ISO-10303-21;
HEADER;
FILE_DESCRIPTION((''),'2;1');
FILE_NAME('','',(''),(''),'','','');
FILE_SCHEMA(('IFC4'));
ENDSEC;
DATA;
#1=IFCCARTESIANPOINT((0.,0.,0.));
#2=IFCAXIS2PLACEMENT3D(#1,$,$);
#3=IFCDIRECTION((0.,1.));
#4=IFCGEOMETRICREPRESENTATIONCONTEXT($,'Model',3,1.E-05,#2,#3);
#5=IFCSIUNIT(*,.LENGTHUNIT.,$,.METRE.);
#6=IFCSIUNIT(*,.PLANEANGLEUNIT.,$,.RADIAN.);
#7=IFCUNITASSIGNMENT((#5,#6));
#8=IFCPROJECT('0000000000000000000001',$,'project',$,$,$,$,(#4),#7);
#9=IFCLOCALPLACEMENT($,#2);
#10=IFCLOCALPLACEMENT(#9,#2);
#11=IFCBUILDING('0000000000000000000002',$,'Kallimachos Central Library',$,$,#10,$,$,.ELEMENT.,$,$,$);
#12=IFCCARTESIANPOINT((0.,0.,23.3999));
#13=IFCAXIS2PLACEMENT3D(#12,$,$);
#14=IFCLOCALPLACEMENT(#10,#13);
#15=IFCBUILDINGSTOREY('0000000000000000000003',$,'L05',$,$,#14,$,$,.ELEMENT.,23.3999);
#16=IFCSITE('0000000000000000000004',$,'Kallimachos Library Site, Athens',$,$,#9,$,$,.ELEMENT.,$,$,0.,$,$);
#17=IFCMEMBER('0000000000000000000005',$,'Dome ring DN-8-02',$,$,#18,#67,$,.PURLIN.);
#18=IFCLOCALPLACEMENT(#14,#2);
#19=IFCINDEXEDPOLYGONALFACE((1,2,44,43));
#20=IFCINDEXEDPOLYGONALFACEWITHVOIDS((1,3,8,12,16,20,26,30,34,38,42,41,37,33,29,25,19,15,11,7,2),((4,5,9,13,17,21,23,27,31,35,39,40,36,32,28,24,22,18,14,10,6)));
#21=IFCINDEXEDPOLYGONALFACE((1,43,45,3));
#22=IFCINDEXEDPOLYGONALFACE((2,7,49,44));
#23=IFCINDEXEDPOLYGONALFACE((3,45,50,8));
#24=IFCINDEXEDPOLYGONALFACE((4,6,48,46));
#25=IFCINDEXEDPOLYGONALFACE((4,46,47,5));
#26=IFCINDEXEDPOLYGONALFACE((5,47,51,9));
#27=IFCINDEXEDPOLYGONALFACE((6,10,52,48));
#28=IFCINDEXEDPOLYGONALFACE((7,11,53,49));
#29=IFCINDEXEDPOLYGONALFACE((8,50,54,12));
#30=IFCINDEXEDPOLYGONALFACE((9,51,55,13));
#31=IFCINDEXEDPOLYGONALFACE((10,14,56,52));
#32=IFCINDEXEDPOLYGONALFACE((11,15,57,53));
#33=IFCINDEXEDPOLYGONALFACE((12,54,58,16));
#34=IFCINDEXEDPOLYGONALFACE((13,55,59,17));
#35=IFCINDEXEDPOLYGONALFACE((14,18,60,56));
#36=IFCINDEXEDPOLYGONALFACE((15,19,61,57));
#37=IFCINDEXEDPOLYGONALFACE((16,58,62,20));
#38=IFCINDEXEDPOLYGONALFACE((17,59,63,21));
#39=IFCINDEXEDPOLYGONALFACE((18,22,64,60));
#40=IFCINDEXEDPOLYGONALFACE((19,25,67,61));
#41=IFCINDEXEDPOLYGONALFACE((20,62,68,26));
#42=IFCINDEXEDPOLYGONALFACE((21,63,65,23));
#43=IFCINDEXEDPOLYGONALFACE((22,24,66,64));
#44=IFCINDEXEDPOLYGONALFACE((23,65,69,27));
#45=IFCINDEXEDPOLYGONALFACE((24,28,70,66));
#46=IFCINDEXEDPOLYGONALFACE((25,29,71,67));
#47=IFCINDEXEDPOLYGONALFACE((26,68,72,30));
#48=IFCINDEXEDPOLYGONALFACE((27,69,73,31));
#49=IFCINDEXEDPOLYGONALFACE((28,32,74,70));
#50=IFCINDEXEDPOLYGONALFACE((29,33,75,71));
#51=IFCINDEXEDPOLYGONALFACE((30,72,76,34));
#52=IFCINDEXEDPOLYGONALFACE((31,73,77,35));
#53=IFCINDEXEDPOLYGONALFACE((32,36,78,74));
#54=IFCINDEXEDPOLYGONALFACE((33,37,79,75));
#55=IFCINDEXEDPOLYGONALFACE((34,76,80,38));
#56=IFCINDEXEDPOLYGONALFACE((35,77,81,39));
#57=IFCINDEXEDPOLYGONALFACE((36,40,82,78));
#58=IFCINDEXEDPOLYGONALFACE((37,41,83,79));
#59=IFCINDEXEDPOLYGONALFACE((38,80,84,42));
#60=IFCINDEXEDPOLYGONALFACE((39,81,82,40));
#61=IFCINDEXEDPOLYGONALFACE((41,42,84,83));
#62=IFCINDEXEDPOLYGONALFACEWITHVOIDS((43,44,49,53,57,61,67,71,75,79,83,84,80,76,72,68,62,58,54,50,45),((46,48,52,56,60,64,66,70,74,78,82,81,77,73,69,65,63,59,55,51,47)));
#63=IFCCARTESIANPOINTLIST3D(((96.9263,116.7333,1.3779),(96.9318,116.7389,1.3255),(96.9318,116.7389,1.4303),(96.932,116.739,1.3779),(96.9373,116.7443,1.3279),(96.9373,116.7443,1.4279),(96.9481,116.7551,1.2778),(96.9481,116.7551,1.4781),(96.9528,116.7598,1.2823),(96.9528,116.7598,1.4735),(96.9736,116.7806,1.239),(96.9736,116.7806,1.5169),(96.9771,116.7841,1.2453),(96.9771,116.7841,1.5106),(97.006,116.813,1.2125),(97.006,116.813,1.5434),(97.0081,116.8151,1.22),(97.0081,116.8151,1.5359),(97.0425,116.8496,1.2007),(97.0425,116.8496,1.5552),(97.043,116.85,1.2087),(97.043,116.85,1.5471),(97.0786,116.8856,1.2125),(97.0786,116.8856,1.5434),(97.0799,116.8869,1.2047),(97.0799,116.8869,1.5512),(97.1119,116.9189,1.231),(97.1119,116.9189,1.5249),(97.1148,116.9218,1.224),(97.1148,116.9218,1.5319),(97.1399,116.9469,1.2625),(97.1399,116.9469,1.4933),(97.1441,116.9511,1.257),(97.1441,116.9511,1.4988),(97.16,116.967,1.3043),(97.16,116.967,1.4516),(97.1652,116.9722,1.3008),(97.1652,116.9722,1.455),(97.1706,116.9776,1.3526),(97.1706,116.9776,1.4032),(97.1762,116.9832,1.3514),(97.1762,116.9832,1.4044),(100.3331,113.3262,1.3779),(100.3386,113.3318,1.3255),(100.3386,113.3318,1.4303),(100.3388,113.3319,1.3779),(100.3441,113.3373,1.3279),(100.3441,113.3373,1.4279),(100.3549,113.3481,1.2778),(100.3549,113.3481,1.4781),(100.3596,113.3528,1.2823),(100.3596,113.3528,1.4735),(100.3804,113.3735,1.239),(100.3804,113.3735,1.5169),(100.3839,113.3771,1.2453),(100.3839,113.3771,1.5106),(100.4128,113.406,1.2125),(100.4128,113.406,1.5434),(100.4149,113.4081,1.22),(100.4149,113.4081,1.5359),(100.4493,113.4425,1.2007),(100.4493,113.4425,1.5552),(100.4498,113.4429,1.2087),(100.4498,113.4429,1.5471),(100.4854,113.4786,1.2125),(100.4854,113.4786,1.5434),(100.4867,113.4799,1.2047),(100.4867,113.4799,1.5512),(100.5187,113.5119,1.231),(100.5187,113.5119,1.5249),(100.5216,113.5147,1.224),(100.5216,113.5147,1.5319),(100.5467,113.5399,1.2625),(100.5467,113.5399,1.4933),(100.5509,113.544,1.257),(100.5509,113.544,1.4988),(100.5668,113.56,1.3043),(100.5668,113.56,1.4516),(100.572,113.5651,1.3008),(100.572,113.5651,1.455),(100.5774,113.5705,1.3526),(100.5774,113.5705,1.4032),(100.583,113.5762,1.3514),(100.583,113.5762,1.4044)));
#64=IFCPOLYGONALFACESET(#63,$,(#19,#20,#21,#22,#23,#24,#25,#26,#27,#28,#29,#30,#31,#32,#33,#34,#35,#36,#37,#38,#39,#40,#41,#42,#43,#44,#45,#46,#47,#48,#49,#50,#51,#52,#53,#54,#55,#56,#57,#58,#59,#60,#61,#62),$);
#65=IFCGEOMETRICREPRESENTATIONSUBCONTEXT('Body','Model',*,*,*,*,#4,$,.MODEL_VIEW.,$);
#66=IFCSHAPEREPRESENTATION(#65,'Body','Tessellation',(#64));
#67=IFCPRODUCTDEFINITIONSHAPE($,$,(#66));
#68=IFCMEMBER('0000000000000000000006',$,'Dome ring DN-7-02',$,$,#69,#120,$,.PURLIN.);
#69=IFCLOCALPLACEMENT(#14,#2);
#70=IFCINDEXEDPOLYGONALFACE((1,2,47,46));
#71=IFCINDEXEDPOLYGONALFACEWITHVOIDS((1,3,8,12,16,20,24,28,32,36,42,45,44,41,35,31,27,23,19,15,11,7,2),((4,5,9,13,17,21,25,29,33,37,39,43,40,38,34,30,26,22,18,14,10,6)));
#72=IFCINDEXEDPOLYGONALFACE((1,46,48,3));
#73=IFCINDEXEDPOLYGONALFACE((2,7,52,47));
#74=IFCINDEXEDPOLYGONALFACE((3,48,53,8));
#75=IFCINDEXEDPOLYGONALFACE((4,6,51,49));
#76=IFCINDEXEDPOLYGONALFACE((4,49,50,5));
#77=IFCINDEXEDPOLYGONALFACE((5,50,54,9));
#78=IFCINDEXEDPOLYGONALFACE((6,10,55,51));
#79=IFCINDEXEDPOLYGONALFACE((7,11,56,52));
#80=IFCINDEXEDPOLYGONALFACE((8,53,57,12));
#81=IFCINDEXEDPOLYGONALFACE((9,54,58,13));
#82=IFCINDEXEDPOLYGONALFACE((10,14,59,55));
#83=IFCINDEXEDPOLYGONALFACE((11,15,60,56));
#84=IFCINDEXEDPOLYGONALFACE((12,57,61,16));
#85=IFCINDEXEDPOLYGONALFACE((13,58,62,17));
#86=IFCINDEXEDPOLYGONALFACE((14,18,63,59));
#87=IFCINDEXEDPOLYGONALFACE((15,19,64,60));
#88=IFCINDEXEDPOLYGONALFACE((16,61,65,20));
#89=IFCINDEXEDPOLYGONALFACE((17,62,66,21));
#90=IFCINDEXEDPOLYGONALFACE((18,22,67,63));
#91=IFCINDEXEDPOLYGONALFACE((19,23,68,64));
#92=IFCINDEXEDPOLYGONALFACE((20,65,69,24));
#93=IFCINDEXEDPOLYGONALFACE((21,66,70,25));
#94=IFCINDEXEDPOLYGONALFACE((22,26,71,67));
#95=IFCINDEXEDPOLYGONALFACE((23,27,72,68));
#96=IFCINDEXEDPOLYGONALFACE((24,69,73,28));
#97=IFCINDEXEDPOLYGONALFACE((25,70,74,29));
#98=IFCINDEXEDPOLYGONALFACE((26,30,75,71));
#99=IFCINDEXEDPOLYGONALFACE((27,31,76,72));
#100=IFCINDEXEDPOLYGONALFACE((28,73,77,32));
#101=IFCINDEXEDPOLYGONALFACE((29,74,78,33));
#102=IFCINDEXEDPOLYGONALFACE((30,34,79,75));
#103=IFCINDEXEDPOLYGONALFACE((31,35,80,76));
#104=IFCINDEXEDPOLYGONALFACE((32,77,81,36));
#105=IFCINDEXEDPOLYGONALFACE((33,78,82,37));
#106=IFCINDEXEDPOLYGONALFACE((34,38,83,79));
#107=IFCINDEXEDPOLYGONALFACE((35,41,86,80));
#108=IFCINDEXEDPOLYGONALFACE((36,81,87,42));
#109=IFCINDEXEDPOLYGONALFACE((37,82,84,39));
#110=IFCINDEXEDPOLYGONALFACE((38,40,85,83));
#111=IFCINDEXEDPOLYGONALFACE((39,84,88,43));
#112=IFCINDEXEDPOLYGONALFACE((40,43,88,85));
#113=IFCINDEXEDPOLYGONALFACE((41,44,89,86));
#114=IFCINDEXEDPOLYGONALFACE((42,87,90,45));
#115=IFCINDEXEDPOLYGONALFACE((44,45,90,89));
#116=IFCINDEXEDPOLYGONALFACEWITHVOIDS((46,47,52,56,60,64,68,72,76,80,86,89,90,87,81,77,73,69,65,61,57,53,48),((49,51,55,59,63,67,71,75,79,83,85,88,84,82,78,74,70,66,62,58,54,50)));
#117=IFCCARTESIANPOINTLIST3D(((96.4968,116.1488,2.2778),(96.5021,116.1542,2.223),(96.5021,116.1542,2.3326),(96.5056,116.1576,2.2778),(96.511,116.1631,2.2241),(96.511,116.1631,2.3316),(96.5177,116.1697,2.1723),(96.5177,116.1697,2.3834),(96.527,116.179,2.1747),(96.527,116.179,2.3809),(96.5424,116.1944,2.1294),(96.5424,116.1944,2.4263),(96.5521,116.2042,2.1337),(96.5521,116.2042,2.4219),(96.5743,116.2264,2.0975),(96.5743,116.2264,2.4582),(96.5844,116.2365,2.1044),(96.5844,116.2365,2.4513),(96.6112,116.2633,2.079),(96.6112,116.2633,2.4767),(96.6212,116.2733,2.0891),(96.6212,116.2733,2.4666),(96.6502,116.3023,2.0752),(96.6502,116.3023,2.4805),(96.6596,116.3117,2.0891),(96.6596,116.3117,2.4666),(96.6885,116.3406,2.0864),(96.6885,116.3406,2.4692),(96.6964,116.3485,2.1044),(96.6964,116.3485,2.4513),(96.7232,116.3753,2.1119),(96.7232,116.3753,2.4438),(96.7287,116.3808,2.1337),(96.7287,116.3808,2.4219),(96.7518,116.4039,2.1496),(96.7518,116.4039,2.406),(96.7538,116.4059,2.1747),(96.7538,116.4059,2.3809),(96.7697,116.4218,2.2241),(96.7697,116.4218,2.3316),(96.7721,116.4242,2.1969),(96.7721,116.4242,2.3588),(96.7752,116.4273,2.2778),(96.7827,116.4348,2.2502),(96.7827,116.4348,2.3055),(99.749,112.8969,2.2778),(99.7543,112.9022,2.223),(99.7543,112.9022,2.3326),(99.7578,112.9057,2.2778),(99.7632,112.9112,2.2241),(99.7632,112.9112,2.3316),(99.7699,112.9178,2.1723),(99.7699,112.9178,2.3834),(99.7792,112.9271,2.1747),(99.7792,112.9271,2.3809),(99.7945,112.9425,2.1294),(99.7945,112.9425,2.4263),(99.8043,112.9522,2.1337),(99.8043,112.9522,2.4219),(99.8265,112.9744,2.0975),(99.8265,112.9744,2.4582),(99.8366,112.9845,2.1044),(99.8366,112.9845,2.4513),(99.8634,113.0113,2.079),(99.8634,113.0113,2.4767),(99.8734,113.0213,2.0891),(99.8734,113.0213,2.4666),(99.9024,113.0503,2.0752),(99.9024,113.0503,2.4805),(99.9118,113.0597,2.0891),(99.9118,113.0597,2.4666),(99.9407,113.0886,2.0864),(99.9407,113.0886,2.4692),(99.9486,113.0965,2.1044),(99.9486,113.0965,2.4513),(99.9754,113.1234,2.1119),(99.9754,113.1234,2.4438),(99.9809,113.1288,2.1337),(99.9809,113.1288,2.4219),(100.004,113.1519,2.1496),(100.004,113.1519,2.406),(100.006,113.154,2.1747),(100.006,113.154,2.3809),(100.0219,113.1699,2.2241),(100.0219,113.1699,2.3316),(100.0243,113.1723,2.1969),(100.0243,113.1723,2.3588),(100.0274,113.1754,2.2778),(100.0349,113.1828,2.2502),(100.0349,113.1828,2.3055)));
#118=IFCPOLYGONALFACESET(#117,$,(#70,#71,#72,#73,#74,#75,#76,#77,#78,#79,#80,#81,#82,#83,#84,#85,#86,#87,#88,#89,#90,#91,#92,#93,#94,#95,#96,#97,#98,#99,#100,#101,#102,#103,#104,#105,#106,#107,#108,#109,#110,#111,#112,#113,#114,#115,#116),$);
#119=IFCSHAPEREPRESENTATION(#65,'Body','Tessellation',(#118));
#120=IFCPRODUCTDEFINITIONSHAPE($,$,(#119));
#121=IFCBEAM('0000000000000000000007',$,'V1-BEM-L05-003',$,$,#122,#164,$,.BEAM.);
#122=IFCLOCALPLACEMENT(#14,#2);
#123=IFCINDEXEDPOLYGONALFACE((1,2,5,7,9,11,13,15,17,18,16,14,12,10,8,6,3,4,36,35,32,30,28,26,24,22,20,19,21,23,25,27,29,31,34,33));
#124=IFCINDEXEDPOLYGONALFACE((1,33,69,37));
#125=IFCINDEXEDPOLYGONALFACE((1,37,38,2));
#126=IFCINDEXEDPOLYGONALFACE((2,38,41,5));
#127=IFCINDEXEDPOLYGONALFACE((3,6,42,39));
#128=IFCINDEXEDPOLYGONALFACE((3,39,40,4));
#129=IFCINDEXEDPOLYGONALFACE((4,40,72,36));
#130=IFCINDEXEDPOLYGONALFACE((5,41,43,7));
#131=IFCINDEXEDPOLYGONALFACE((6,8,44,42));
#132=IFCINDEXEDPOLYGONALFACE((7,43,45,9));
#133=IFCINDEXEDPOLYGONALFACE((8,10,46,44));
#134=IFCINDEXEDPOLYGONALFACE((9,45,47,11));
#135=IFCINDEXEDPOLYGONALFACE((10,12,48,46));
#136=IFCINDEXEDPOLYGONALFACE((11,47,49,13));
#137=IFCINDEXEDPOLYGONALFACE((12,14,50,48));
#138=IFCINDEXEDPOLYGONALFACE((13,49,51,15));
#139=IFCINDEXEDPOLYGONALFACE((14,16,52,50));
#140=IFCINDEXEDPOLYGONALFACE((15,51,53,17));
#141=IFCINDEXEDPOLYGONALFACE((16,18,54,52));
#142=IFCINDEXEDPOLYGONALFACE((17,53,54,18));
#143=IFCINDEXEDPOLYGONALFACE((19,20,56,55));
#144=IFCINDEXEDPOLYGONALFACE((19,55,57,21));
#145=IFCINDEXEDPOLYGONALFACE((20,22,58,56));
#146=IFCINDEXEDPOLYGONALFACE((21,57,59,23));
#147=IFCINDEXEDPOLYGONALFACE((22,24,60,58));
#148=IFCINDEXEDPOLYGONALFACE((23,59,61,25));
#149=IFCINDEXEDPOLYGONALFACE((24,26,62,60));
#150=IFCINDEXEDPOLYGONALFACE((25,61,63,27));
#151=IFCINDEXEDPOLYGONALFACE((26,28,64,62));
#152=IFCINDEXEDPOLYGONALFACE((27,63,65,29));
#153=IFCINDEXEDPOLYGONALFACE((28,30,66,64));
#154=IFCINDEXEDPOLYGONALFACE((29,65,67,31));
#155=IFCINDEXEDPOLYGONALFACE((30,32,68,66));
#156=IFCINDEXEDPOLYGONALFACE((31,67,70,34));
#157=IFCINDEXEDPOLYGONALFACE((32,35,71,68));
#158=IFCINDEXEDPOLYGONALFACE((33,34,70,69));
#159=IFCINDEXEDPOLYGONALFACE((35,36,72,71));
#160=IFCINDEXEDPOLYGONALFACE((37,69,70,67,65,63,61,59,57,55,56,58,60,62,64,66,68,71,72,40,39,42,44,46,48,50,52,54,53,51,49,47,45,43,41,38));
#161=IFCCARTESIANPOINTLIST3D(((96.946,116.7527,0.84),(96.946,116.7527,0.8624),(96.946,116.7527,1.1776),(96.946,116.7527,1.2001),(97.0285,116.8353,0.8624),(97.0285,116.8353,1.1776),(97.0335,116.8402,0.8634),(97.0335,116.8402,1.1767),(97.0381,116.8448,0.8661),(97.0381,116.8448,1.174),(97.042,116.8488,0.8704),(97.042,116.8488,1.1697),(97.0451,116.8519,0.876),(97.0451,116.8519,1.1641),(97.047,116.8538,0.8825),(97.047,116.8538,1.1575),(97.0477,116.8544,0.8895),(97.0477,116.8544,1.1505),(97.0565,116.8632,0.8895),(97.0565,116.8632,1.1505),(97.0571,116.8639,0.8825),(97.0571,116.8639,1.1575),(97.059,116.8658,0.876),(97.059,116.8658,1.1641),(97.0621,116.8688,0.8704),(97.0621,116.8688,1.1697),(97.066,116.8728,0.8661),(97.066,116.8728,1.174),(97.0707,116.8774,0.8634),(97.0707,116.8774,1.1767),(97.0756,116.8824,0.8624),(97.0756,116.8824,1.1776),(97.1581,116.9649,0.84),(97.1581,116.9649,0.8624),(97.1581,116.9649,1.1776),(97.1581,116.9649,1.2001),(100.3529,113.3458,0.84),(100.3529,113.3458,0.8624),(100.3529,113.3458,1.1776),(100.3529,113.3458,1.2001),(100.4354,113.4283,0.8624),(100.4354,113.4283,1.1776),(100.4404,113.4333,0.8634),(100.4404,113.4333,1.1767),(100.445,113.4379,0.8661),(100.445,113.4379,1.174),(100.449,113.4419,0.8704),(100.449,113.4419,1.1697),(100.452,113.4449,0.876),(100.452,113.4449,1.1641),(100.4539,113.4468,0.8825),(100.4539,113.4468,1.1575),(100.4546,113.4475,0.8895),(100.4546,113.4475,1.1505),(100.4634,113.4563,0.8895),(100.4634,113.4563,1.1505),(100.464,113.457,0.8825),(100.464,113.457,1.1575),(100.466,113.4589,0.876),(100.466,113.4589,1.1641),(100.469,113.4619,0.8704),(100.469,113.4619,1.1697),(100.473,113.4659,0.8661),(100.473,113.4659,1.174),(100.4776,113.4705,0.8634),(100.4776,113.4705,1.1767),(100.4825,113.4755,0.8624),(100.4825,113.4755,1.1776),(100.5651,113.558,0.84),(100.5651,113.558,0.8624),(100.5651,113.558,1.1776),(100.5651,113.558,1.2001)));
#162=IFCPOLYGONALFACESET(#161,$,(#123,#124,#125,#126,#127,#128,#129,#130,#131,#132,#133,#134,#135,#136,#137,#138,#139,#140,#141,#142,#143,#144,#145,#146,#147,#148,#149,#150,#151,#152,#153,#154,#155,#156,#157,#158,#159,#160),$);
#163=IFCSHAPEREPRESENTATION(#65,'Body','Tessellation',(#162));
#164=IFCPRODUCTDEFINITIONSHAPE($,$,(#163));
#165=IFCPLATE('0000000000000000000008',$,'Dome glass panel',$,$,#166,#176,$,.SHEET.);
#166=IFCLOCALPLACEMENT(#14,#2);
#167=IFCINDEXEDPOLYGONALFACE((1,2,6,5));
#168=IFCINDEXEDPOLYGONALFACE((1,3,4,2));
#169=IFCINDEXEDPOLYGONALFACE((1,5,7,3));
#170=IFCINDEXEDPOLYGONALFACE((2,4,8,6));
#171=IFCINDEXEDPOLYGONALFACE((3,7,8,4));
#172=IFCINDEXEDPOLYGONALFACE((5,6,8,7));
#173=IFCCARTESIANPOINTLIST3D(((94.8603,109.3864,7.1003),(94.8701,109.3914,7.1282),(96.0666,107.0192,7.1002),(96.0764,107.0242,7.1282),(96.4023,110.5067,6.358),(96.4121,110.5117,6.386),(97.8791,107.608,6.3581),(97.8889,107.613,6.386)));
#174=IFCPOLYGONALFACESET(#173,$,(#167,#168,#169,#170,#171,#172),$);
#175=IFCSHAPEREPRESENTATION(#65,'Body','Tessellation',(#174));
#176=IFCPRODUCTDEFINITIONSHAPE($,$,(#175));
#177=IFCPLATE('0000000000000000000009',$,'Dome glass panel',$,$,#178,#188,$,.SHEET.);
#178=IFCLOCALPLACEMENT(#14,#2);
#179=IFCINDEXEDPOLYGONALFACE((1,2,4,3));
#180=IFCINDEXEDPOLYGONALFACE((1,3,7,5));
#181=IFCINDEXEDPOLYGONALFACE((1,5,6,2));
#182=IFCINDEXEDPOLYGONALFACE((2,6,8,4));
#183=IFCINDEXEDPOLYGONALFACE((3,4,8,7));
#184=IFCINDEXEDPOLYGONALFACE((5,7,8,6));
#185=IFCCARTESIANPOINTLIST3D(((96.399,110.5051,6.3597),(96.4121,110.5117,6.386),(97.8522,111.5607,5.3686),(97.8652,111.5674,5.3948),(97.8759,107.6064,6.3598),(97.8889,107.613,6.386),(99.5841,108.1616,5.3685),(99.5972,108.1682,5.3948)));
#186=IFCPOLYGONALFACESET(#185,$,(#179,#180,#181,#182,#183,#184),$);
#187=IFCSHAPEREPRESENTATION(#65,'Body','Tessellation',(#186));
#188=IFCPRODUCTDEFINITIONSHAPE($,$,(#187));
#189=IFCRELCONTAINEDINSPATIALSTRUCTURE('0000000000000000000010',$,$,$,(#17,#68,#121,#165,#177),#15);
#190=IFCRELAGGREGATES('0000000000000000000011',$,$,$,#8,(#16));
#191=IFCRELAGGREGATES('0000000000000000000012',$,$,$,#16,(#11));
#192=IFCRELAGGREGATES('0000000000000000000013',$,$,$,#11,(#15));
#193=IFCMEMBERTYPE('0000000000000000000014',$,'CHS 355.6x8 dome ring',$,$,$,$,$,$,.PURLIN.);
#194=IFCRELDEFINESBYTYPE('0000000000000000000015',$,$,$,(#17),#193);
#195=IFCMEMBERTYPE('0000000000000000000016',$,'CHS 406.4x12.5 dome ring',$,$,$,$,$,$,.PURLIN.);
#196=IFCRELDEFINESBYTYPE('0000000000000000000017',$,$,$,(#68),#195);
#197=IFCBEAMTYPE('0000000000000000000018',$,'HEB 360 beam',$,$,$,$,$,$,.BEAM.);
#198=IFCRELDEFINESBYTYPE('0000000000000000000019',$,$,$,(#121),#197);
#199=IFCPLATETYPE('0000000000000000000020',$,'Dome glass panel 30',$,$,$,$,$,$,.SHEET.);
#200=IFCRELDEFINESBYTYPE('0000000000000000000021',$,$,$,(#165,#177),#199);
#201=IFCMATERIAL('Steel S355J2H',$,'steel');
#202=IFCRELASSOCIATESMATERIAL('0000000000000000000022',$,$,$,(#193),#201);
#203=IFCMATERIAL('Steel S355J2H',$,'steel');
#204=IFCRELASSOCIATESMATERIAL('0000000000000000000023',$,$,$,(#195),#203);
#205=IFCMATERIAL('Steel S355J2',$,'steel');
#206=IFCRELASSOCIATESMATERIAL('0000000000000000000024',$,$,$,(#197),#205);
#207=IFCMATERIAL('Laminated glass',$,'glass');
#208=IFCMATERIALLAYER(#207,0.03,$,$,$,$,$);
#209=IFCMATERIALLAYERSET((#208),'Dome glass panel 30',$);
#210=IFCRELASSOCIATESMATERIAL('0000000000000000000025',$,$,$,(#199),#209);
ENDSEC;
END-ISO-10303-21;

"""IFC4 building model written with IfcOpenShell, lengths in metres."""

from ifc_helpers import new_model, si_unit, direction, frame, origin, origin_2d, place, context, subcontext, project, spatial, polyline, hollow_circle, i_section, outline, extrude, material, layer, layer_set, material_profile, profile_set, type_object, element, save


model = new_model("IFC4")

# Units and contexts
model_context = context("Model", 3, precision=1e-05, world=origin(), true_north=direction((0.0, 1.0)))
body_context = subcontext(model_context, "Body", "Model", "MODEL_VIEW")
ifc_project = project(units=[si_unit("LENGTHUNIT", "METRE"), si_unit("PLANEANGLEUNIT", "RADIAN")], contexts=[model_context])

# Site, building, storey
site_placement = place(None, origin())
site = spatial("IfcSite", under=ifc_project, at=site_placement, Name="Kallimachos Library Site, Athens", CompositionType="ELEMENT", RefElevation=0.0)
building_placement = place(site_placement, origin())
building = spatial("IfcBuilding", under=site, at=building_placement, Name="Kallimachos Central Library", CompositionType="ELEMENT")
storey_placement = place(building_placement, frame((0.0, 0.0, 23.3999)))
storey = spatial("IfcBuildingStorey", under=building, at=storey_placement, Name="L05", CompositionType="ELEMENT", Elevation=23.3999)

# Members
ifc_material_1 = material(Name="Steel S355J2H", Category="steel")
ifc_material_profile_1 = material_profile(ifc_material_1, hollow_circle(Radius=0.1777, WallThickness=0.0081, at=origin_2d()), Name="CHS 355.6x8")
ifc_profile_set_1 = profile_set([ifc_material_profile_1], Name="Steel S355J2H")
member_type_1 = type_object("IfcMemberType", Name="CHS 355.6x8 dome ring", PredefinedType="PURLIN", material=ifc_profile_set_1)
member_1_placement = place(storey_placement, frame((100.4587, 113.4519, 1.3779), z_axis=(-0.707081, 0.707132, 0.0), x_axis=(-0.707132, -0.707081, 0.0)))
element("IfcMember", 1, at=member_1_placement, inside=storey, type_object=member_type_1, Name="Dome ring DN-8-02", PredefinedType="PURLIN", context=body_context, shape_type="SweptSolid", body=[
    extrude(hollow_circle(Radius=0.1777, WallThickness=0.0081, at=origin_2d()), origin(), (0.0, 0.0, 1.0), 4.8181),
])
ifc_material_2 = material(Name="Steel S355J2H", Category="steel")
ifc_material_profile_2 = material_profile(ifc_material_2, hollow_circle(Radius=0.2031, WallThickness=0.0125, at=origin_2d()), Name="CHS 406.4x12.5")
ifc_profile_set_2 = profile_set([ifc_material_profile_2], Name="Steel S355J2H")
member_type_2 = type_object("IfcMemberType", Name="CHS 406.4x12.5 dome ring", PredefinedType="PURLIN", material=ifc_profile_set_2)
member_2_placement = place(storey_placement, frame((99.8926, 113.0405, 2.2778), z_axis=(-0.707133, 0.70708, 0.0), x_axis=(-0.70708, -0.707133, 0.0)))
element("IfcMember", 2, at=member_2_placement, inside=storey, type_object=member_type_2, Name="Dome ring DN-7-02", PredefinedType="PURLIN", context=body_context, shape_type="SweptSolid", body=[
    extrude(hollow_circle(Radius=0.2031, WallThickness=0.0125, at=origin_2d()), origin(), (0.0, 0.0, 1.0), 4.5991),
])

# Beam
ifc_material_3 = material(Name="Steel S355J2", Category="steel")
ifc_material_profile_3 = material_profile(ifc_material_3, i_section(OverallWidth=0.3, OverallDepth=0.3601, WebThickness=0.0125, FlangeThickness=0.0225, FilletRadius=0.0271, at=origin_2d()), Name="HEB 360")
ifc_profile_set_3 = profile_set([ifc_material_profile_3], Name="Steel S355J2")
beam_type = type_object("IfcBeamType", Name="HEB 360 beam", PredefinedType="BEAM", material=ifc_profile_set_3)
beam_placement = place(storey_placement, frame((100.459, 113.4519, 1.02), z_axis=(-0.707107, 0.707107, 0.0), x_axis=(-0.707107, -0.707107, 0.0)))
element("IfcBeam", 3, at=beam_placement, inside=storey, type_object=beam_type, Name="V1-BEM-L05-003", PredefinedType="BEAM", context=body_context, shape_type="SweptSolid", body=[
    extrude(i_section(OverallWidth=0.3, OverallDepth=0.3601, WebThickness=0.0125, FlangeThickness=0.0225, FilletRadius=0.0271, at=origin_2d()), origin(), (0.0, 0.0, 1.0), 4.8181),
])

# Plates
ifc_material_4 = material(Name="Laminated glass", Category="glass")
ifc_layer = layer(ifc_material_4, 0.03)
ifc_layer_set = layer_set([ifc_layer], Name="Dome glass panel 30")
plate_type = type_object("IfcPlateType", Name="Dome glass panel 30", PredefinedType="SHEET", material=ifc_layer_set)
plate_1_placement = place(storey_placement, frame((96.0764, 107.0242, 7.1282), z_axis=(0.326814, 0.166521, 0.930303), x_axis=(0.886238, 0.287933, -0.362873)))
element("IfcPlate", 4, at=plate_1_placement, inside=storey, type_object=plate_type, Name="Dome glass panel", PredefinedType="SHEET", context=body_context, shape_type="SweptSolid", body=[
    extrude(outline(polyline([(0.0, 0.0), (2.0452, 0.0), (1.571, 3.2185), (-0.3875, 2.6284), (0.0, 0.0)])), origin(), (0.0, 0.0, -1.0), 0.03),
])
plate_2_placement = place(storey_placement, frame((97.8889, 107.613, 6.386), z_axis=(0.434599, 0.221427, 0.87298), x_axis=(0.832659, 0.27061, -0.483165)))
element("IfcPlate", 5, at=plate_2_placement, inside=storey, type_object=plate_type, Name="Dome glass panel", PredefinedType="SHEET", context=body_context, shape_type="SweptSolid", body=[
    extrude(outline(polyline([(0.0, 0.0), (2.0515, 0.0), (1.5293, 3.779), (-0.4453, 3.2226), (0.0, 0.0)])), origin(), (0.0, 0.0, -1.0), 0.03),
])

save(model, "model.ifc")
